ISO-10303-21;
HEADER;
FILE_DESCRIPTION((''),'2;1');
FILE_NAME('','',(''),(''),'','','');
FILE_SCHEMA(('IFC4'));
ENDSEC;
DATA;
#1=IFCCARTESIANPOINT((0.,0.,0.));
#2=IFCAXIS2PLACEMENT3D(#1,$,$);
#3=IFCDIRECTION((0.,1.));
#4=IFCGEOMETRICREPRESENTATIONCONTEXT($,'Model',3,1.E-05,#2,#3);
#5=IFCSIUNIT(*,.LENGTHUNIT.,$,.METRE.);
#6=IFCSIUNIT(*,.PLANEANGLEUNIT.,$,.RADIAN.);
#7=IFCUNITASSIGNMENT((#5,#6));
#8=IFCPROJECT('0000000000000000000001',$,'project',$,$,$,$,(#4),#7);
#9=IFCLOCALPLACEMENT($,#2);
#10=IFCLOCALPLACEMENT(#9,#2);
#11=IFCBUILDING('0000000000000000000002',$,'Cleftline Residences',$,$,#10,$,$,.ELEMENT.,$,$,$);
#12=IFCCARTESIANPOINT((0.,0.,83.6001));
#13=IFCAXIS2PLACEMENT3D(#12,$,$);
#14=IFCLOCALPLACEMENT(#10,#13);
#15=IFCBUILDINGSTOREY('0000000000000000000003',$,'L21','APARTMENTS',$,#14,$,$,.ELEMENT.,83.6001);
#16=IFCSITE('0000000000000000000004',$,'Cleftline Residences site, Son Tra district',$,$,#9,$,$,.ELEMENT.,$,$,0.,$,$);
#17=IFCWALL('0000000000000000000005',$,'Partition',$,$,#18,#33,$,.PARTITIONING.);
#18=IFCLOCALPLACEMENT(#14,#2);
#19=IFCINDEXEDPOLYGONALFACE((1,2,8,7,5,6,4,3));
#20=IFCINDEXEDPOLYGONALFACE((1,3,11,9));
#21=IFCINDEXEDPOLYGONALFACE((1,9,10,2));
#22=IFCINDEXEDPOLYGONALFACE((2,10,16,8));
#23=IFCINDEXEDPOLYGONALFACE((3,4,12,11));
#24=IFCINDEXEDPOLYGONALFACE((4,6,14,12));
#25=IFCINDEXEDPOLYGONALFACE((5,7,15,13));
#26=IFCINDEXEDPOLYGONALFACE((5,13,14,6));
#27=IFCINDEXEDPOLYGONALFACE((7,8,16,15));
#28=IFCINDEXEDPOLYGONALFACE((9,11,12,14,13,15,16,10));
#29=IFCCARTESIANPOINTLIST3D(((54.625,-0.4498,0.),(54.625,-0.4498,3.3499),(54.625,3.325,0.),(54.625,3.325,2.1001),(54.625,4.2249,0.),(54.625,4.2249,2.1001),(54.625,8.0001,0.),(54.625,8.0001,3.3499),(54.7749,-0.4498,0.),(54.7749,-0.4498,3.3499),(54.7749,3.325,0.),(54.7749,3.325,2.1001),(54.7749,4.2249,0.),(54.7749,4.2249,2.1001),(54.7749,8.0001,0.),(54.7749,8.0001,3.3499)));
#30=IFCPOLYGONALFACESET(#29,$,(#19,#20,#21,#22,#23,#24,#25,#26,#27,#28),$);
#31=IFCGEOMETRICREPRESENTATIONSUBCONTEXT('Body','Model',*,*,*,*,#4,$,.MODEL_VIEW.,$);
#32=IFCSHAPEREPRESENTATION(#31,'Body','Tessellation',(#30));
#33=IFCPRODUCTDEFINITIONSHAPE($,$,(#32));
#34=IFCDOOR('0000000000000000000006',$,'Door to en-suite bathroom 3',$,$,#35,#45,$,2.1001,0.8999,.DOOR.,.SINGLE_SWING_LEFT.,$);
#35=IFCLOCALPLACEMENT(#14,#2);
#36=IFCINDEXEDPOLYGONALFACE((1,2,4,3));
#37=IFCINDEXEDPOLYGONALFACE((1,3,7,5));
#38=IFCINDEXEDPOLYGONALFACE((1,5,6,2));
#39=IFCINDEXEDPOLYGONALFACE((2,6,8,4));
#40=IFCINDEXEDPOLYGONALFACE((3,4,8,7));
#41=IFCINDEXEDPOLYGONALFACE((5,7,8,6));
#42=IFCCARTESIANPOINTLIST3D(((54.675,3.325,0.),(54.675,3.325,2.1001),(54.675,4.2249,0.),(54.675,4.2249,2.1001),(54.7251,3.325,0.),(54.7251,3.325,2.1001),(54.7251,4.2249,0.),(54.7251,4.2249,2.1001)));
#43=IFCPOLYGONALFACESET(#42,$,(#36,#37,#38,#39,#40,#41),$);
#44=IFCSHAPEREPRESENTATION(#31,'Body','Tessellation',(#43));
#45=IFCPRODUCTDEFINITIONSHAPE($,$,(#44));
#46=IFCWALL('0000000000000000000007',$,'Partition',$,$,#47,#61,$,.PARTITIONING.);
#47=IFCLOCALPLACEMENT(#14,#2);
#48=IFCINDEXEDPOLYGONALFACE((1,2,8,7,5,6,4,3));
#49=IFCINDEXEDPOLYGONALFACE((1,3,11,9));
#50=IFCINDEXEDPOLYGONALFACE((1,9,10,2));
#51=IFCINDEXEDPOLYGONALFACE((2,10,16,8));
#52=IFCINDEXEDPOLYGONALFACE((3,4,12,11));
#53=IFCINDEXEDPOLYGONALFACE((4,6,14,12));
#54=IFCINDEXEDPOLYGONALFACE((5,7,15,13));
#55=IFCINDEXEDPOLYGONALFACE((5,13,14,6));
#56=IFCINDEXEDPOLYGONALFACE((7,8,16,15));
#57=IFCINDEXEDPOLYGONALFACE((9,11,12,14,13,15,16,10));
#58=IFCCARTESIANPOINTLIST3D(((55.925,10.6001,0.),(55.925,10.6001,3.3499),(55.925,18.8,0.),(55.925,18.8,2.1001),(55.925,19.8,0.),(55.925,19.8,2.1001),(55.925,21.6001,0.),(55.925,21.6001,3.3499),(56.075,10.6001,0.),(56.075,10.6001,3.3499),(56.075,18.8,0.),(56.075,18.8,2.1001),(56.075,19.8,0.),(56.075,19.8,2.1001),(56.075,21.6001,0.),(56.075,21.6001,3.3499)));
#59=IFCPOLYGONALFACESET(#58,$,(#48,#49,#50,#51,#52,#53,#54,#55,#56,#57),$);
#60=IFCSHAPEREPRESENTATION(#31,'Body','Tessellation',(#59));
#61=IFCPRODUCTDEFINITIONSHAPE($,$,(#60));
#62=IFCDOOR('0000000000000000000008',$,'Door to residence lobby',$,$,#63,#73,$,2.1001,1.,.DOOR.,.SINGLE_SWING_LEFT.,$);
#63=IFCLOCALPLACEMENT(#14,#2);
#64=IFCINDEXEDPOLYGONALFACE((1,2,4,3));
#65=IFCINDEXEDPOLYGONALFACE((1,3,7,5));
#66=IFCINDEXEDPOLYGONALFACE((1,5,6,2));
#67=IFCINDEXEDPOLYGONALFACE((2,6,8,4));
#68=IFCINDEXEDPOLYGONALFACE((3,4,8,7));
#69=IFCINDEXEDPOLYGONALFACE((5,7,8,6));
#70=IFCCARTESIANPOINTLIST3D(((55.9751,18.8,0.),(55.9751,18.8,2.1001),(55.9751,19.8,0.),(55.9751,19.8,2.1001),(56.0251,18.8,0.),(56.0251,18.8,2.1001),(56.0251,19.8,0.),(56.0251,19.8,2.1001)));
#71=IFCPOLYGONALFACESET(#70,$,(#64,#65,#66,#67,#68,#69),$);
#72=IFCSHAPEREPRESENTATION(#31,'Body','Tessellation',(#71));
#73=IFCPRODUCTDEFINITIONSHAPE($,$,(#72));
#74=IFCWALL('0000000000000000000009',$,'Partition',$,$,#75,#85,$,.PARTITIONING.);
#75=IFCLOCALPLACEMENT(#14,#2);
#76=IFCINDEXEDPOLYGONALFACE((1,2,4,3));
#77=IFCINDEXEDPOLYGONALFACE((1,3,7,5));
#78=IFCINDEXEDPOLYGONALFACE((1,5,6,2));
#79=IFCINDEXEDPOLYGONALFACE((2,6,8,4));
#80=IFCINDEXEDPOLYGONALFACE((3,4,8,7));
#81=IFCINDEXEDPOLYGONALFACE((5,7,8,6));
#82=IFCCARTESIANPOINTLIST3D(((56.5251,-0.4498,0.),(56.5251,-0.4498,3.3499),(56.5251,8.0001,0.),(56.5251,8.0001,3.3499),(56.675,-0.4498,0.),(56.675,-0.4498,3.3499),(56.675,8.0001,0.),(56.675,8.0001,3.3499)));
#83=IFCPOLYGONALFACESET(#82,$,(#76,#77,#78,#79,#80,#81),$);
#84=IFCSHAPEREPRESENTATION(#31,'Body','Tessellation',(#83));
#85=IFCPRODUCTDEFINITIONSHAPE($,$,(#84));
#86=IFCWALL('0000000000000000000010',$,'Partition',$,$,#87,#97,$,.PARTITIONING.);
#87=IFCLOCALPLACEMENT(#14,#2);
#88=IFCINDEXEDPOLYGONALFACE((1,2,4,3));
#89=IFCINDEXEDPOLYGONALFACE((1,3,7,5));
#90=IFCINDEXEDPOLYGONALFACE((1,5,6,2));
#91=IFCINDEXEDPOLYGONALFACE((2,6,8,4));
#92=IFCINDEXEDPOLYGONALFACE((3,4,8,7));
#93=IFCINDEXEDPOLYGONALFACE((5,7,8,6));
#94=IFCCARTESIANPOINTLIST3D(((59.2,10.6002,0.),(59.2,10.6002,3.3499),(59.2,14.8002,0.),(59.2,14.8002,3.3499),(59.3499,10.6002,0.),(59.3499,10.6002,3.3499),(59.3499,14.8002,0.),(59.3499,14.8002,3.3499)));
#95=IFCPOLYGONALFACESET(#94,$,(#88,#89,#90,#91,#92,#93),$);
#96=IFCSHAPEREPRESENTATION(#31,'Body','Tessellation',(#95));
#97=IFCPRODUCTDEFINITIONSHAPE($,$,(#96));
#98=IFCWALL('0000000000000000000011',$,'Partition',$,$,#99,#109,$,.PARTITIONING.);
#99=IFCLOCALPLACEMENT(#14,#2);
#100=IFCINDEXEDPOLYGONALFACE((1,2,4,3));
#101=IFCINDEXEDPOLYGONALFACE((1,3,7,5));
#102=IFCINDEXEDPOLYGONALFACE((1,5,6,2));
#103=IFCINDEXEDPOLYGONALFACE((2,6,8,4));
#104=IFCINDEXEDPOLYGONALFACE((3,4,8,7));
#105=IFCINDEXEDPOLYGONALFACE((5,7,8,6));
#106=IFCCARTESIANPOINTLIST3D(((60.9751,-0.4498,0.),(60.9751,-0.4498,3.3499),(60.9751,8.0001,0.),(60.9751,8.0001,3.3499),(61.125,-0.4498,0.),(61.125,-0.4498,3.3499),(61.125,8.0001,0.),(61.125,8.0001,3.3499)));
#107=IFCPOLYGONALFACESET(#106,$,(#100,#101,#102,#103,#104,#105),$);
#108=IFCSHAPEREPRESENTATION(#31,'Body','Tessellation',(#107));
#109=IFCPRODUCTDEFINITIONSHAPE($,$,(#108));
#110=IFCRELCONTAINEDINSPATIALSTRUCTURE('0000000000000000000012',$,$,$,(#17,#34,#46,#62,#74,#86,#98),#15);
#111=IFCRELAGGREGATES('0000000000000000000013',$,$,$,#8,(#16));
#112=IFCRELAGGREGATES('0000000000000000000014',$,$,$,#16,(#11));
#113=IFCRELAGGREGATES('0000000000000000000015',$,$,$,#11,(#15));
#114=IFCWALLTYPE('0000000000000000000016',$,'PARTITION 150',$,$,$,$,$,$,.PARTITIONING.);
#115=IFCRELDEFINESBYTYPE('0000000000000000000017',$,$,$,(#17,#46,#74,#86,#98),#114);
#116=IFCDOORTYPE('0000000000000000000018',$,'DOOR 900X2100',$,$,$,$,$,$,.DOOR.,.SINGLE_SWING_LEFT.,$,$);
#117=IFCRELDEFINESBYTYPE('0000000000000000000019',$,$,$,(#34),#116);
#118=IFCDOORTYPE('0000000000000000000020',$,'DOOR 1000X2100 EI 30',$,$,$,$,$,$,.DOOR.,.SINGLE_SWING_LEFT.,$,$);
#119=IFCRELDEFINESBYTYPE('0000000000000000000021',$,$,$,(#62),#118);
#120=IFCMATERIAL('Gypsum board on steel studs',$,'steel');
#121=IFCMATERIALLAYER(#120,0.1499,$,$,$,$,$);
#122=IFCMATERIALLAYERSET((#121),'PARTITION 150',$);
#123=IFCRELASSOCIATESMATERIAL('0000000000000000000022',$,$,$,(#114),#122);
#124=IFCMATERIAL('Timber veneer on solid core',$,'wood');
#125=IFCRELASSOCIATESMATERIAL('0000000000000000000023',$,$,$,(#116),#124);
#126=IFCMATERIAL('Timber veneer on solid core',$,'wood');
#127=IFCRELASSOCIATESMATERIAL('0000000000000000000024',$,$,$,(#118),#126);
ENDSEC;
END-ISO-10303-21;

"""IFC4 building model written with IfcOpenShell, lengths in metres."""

from ifc_helpers import new_model, si_unit, direction, frame, frame_2d, origin, place, context, subcontext, project, spatial, rectangle, extrude, material, layer, layer_set, type_object, element, fill, save


model = new_model("IFC4")

# Units and contexts
model_context = context("Model", 3, precision=1e-05, world=origin(), true_north=direction((0.0, 1.0)))
body_context = subcontext(model_context, "Body", "Model", "MODEL_VIEW")
ifc_project = project(units=[si_unit("LENGTHUNIT", "METRE"), si_unit("PLANEANGLEUNIT", "RADIAN")], contexts=[model_context])

# Site, building, storey
site_placement = place(None, origin())
site = spatial("IfcSite", under=ifc_project, at=site_placement, Name="Cleftline Residences site, Son Tra district", CompositionType="ELEMENT", RefElevation=0.0)
building_placement = place(site_placement, origin())
building = spatial("IfcBuilding", under=site, at=building_placement, Name="Cleftline Residences", CompositionType="ELEMENT")
storey_placement = place(building_placement, frame((0.0, 0.0, 83.6001)))
storey = spatial("IfcBuildingStorey", under=building, at=storey_placement, Name="L21", Description="APARTMENTS", CompositionType="ELEMENT", Elevation=83.6001)

# Shared definitions
ifc_material_1 = material(Name="Gypsum board on steel studs", Category="steel")
ifc_layer_1 = layer(ifc_material_1, 0.1499)
ifc_layer_set_1 = layer_set([ifc_layer_1], Name="PARTITION 150")
wall_type_1 = type_object("IfcWallType", Name="PARTITION 150", PredefinedType="PARTITIONING", material=ifc_layer_set_1)

# Walls, openings, doors
wall_1_placement = place(storey_placement, frame((54.7, -0.45, 0.0), z_axis=(0.0, 0.0, 1.0), x_axis=(0.0, 1.0, 0.0)))
wall_1 = element("IfcWall", 1, at=wall_1_placement, inside=storey, type_object=wall_type_1, Name="Partition", PredefinedType="PARTITIONING", context=body_context, shape_type="SweptSolid", body=[
    extrude(rectangle(XDim=8.45, YDim=0.1499, at=frame_2d((4.2251, 0.0))), origin(), (0.0, 0.0, 1.0), 3.3499),
])
opening_1_placement = place(wall_1_placement, frame((3.7749, 0.0, 0.0)))
opening_1 = element("IfcOpeningElement", 2, at=opening_1_placement, cuts=wall_1, PredefinedType="OPENING", context=body_context, shape_type="SweptSolid", body=[
    extrude(rectangle(XDim=0.8999, YDim=2.1001, at=frame_2d((0.45, 1.05))), frame((0.0, 0.085, 0.0), z_axis=(0.0, -1.0, 0.0), x_axis=(1.0, 0.0, 0.0)), (0.0, 0.0, 1.0), 0.1699),
])
ifc_material_2 = material(Name="Timber veneer on solid core", Category="wood")
door_type_1 = type_object("IfcDoorType", Name="DOOR 900X2100", OperationType="SINGLE_SWING_LEFT", PredefinedType="DOOR", material=ifc_material_2)
door_1_placement = place(opening_1_placement, origin())
door_1 = element("IfcDoor", 3, at=door_1_placement, inside=storey, type_object=door_type_1, Name="Door to en-suite bathroom 3", OperationType="SINGLE_SWING_LEFT", OverallHeight=2.1001, OverallWidth=0.8999, PredefinedType="DOOR", context=body_context, shape_type="SweptSolid", body=[
    extrude(rectangle(XDim=0.8999, YDim=2.1001, at=frame_2d((0.45, 1.05))), frame((0.0, 0.0249, 0.0), z_axis=(0.0, -1.0, 0.0), x_axis=(1.0, 0.0, 0.0)), (0.0, 0.0, 1.0), 0.05),
])
fill(opening_1, door_1)
wall_2_placement = place(storey_placement, frame((56.0, 10.6001, 0.0), z_axis=(0.0, 0.0, 1.0), x_axis=(0.0, 1.0, 0.0)))
wall_2 = element("IfcWall", 4, at=wall_2_placement, inside=storey, type_object=wall_type_1, Name="Partition", PredefinedType="PARTITIONING", context=body_context, shape_type="SweptSolid", body=[
    extrude(rectangle(XDim=11.0, YDim=0.1499, at=frame_2d((5.5, 0.0))), origin(), (0.0, 0.0, 1.0), 3.3499),
])
opening_2_placement = place(wall_2_placement, frame((8.2, 0.0, 0.0)))
opening_2 = element("IfcOpeningElement", 5, at=opening_2_placement, cuts=wall_2, PredefinedType="OPENING", context=body_context, shape_type="SweptSolid", body=[
    extrude(rectangle(XDim=1.0, YDim=2.1001, at=frame_2d((0.5, 1.05))), frame((0.0, 0.085, 0.0), z_axis=(0.0, -1.0, 0.0), x_axis=(1.0, 0.0, 0.0)), (0.0, 0.0, 1.0), 0.1699),
])
ifc_material_3 = material(Name="Timber veneer on solid core", Category="wood")
door_type_2 = type_object("IfcDoorType", Name="DOOR 1000X2100 EI 30", OperationType="SINGLE_SWING_LEFT", PredefinedType="DOOR", material=ifc_material_3)
door_2_placement = place(opening_2_placement, origin())
door_2 = element("IfcDoor", 6, at=door_2_placement, inside=storey, type_object=door_type_2, Name="Door to residence lobby", OperationType="SINGLE_SWING_LEFT", OverallHeight=2.1001, OverallWidth=1.0, PredefinedType="DOOR", context=body_context, shape_type="SweptSolid", body=[
    extrude(rectangle(XDim=1.0, YDim=2.1001, at=frame_2d((0.5, 1.05))), frame((0.0, 0.0249, 0.0), z_axis=(0.0, -1.0, 0.0), x_axis=(1.0, 0.0, 0.0)), (0.0, 0.0, 1.0), 0.05),
])
fill(opening_2, door_2)

# Walls
wall_3_placement = place(storey_placement, frame((56.6001, -0.45, 0.0), z_axis=(0.0, 0.0, 1.0), x_axis=(0.0, 1.0, 0.0)))
element("IfcWall", 7, at=wall_3_placement, inside=storey, type_object=wall_type_1, Name="Partition", PredefinedType="PARTITIONING", context=body_context, shape_type="SweptSolid", body=[
    extrude(rectangle(XDim=8.45, YDim=0.1499, at=frame_2d((4.2251, 0.0))), origin(), (0.0, 0.0, 1.0), 3.3499),
])
wall_4_placement = place(storey_placement, frame((59.2749, 10.6001, 0.0), z_axis=(0.0, 0.0, 1.0), x_axis=(0.0, 1.0, 0.0)))
element("IfcWall", 8, at=wall_4_placement, inside=storey, type_object=wall_type_1, Name="Partition", PredefinedType="PARTITIONING", context=body_context, shape_type="SweptSolid", body=[
    extrude(rectangle(XDim=4.2, YDim=0.1499, at=frame_2d((2.1001, 0.0))), origin(), (0.0, 0.0, 1.0), 3.3499),
])
wall_5_placement = place(storey_placement, frame((61.05, -0.45, 0.0), z_axis=(0.0, 0.0, 1.0), x_axis=(0.0, 1.0, 0.0)))
element("IfcWall", 9, at=wall_5_placement, inside=storey, type_object=wall_type_1, Name="Partition", PredefinedType="PARTITIONING", context=body_context, shape_type="SweptSolid", body=[
    extrude(rectangle(XDim=8.45, YDim=0.1499, at=frame_2d((4.2251, 0.0))), origin(), (0.0, 0.0, 1.0), 3.3499),
])

save(model, "model.ifc")
